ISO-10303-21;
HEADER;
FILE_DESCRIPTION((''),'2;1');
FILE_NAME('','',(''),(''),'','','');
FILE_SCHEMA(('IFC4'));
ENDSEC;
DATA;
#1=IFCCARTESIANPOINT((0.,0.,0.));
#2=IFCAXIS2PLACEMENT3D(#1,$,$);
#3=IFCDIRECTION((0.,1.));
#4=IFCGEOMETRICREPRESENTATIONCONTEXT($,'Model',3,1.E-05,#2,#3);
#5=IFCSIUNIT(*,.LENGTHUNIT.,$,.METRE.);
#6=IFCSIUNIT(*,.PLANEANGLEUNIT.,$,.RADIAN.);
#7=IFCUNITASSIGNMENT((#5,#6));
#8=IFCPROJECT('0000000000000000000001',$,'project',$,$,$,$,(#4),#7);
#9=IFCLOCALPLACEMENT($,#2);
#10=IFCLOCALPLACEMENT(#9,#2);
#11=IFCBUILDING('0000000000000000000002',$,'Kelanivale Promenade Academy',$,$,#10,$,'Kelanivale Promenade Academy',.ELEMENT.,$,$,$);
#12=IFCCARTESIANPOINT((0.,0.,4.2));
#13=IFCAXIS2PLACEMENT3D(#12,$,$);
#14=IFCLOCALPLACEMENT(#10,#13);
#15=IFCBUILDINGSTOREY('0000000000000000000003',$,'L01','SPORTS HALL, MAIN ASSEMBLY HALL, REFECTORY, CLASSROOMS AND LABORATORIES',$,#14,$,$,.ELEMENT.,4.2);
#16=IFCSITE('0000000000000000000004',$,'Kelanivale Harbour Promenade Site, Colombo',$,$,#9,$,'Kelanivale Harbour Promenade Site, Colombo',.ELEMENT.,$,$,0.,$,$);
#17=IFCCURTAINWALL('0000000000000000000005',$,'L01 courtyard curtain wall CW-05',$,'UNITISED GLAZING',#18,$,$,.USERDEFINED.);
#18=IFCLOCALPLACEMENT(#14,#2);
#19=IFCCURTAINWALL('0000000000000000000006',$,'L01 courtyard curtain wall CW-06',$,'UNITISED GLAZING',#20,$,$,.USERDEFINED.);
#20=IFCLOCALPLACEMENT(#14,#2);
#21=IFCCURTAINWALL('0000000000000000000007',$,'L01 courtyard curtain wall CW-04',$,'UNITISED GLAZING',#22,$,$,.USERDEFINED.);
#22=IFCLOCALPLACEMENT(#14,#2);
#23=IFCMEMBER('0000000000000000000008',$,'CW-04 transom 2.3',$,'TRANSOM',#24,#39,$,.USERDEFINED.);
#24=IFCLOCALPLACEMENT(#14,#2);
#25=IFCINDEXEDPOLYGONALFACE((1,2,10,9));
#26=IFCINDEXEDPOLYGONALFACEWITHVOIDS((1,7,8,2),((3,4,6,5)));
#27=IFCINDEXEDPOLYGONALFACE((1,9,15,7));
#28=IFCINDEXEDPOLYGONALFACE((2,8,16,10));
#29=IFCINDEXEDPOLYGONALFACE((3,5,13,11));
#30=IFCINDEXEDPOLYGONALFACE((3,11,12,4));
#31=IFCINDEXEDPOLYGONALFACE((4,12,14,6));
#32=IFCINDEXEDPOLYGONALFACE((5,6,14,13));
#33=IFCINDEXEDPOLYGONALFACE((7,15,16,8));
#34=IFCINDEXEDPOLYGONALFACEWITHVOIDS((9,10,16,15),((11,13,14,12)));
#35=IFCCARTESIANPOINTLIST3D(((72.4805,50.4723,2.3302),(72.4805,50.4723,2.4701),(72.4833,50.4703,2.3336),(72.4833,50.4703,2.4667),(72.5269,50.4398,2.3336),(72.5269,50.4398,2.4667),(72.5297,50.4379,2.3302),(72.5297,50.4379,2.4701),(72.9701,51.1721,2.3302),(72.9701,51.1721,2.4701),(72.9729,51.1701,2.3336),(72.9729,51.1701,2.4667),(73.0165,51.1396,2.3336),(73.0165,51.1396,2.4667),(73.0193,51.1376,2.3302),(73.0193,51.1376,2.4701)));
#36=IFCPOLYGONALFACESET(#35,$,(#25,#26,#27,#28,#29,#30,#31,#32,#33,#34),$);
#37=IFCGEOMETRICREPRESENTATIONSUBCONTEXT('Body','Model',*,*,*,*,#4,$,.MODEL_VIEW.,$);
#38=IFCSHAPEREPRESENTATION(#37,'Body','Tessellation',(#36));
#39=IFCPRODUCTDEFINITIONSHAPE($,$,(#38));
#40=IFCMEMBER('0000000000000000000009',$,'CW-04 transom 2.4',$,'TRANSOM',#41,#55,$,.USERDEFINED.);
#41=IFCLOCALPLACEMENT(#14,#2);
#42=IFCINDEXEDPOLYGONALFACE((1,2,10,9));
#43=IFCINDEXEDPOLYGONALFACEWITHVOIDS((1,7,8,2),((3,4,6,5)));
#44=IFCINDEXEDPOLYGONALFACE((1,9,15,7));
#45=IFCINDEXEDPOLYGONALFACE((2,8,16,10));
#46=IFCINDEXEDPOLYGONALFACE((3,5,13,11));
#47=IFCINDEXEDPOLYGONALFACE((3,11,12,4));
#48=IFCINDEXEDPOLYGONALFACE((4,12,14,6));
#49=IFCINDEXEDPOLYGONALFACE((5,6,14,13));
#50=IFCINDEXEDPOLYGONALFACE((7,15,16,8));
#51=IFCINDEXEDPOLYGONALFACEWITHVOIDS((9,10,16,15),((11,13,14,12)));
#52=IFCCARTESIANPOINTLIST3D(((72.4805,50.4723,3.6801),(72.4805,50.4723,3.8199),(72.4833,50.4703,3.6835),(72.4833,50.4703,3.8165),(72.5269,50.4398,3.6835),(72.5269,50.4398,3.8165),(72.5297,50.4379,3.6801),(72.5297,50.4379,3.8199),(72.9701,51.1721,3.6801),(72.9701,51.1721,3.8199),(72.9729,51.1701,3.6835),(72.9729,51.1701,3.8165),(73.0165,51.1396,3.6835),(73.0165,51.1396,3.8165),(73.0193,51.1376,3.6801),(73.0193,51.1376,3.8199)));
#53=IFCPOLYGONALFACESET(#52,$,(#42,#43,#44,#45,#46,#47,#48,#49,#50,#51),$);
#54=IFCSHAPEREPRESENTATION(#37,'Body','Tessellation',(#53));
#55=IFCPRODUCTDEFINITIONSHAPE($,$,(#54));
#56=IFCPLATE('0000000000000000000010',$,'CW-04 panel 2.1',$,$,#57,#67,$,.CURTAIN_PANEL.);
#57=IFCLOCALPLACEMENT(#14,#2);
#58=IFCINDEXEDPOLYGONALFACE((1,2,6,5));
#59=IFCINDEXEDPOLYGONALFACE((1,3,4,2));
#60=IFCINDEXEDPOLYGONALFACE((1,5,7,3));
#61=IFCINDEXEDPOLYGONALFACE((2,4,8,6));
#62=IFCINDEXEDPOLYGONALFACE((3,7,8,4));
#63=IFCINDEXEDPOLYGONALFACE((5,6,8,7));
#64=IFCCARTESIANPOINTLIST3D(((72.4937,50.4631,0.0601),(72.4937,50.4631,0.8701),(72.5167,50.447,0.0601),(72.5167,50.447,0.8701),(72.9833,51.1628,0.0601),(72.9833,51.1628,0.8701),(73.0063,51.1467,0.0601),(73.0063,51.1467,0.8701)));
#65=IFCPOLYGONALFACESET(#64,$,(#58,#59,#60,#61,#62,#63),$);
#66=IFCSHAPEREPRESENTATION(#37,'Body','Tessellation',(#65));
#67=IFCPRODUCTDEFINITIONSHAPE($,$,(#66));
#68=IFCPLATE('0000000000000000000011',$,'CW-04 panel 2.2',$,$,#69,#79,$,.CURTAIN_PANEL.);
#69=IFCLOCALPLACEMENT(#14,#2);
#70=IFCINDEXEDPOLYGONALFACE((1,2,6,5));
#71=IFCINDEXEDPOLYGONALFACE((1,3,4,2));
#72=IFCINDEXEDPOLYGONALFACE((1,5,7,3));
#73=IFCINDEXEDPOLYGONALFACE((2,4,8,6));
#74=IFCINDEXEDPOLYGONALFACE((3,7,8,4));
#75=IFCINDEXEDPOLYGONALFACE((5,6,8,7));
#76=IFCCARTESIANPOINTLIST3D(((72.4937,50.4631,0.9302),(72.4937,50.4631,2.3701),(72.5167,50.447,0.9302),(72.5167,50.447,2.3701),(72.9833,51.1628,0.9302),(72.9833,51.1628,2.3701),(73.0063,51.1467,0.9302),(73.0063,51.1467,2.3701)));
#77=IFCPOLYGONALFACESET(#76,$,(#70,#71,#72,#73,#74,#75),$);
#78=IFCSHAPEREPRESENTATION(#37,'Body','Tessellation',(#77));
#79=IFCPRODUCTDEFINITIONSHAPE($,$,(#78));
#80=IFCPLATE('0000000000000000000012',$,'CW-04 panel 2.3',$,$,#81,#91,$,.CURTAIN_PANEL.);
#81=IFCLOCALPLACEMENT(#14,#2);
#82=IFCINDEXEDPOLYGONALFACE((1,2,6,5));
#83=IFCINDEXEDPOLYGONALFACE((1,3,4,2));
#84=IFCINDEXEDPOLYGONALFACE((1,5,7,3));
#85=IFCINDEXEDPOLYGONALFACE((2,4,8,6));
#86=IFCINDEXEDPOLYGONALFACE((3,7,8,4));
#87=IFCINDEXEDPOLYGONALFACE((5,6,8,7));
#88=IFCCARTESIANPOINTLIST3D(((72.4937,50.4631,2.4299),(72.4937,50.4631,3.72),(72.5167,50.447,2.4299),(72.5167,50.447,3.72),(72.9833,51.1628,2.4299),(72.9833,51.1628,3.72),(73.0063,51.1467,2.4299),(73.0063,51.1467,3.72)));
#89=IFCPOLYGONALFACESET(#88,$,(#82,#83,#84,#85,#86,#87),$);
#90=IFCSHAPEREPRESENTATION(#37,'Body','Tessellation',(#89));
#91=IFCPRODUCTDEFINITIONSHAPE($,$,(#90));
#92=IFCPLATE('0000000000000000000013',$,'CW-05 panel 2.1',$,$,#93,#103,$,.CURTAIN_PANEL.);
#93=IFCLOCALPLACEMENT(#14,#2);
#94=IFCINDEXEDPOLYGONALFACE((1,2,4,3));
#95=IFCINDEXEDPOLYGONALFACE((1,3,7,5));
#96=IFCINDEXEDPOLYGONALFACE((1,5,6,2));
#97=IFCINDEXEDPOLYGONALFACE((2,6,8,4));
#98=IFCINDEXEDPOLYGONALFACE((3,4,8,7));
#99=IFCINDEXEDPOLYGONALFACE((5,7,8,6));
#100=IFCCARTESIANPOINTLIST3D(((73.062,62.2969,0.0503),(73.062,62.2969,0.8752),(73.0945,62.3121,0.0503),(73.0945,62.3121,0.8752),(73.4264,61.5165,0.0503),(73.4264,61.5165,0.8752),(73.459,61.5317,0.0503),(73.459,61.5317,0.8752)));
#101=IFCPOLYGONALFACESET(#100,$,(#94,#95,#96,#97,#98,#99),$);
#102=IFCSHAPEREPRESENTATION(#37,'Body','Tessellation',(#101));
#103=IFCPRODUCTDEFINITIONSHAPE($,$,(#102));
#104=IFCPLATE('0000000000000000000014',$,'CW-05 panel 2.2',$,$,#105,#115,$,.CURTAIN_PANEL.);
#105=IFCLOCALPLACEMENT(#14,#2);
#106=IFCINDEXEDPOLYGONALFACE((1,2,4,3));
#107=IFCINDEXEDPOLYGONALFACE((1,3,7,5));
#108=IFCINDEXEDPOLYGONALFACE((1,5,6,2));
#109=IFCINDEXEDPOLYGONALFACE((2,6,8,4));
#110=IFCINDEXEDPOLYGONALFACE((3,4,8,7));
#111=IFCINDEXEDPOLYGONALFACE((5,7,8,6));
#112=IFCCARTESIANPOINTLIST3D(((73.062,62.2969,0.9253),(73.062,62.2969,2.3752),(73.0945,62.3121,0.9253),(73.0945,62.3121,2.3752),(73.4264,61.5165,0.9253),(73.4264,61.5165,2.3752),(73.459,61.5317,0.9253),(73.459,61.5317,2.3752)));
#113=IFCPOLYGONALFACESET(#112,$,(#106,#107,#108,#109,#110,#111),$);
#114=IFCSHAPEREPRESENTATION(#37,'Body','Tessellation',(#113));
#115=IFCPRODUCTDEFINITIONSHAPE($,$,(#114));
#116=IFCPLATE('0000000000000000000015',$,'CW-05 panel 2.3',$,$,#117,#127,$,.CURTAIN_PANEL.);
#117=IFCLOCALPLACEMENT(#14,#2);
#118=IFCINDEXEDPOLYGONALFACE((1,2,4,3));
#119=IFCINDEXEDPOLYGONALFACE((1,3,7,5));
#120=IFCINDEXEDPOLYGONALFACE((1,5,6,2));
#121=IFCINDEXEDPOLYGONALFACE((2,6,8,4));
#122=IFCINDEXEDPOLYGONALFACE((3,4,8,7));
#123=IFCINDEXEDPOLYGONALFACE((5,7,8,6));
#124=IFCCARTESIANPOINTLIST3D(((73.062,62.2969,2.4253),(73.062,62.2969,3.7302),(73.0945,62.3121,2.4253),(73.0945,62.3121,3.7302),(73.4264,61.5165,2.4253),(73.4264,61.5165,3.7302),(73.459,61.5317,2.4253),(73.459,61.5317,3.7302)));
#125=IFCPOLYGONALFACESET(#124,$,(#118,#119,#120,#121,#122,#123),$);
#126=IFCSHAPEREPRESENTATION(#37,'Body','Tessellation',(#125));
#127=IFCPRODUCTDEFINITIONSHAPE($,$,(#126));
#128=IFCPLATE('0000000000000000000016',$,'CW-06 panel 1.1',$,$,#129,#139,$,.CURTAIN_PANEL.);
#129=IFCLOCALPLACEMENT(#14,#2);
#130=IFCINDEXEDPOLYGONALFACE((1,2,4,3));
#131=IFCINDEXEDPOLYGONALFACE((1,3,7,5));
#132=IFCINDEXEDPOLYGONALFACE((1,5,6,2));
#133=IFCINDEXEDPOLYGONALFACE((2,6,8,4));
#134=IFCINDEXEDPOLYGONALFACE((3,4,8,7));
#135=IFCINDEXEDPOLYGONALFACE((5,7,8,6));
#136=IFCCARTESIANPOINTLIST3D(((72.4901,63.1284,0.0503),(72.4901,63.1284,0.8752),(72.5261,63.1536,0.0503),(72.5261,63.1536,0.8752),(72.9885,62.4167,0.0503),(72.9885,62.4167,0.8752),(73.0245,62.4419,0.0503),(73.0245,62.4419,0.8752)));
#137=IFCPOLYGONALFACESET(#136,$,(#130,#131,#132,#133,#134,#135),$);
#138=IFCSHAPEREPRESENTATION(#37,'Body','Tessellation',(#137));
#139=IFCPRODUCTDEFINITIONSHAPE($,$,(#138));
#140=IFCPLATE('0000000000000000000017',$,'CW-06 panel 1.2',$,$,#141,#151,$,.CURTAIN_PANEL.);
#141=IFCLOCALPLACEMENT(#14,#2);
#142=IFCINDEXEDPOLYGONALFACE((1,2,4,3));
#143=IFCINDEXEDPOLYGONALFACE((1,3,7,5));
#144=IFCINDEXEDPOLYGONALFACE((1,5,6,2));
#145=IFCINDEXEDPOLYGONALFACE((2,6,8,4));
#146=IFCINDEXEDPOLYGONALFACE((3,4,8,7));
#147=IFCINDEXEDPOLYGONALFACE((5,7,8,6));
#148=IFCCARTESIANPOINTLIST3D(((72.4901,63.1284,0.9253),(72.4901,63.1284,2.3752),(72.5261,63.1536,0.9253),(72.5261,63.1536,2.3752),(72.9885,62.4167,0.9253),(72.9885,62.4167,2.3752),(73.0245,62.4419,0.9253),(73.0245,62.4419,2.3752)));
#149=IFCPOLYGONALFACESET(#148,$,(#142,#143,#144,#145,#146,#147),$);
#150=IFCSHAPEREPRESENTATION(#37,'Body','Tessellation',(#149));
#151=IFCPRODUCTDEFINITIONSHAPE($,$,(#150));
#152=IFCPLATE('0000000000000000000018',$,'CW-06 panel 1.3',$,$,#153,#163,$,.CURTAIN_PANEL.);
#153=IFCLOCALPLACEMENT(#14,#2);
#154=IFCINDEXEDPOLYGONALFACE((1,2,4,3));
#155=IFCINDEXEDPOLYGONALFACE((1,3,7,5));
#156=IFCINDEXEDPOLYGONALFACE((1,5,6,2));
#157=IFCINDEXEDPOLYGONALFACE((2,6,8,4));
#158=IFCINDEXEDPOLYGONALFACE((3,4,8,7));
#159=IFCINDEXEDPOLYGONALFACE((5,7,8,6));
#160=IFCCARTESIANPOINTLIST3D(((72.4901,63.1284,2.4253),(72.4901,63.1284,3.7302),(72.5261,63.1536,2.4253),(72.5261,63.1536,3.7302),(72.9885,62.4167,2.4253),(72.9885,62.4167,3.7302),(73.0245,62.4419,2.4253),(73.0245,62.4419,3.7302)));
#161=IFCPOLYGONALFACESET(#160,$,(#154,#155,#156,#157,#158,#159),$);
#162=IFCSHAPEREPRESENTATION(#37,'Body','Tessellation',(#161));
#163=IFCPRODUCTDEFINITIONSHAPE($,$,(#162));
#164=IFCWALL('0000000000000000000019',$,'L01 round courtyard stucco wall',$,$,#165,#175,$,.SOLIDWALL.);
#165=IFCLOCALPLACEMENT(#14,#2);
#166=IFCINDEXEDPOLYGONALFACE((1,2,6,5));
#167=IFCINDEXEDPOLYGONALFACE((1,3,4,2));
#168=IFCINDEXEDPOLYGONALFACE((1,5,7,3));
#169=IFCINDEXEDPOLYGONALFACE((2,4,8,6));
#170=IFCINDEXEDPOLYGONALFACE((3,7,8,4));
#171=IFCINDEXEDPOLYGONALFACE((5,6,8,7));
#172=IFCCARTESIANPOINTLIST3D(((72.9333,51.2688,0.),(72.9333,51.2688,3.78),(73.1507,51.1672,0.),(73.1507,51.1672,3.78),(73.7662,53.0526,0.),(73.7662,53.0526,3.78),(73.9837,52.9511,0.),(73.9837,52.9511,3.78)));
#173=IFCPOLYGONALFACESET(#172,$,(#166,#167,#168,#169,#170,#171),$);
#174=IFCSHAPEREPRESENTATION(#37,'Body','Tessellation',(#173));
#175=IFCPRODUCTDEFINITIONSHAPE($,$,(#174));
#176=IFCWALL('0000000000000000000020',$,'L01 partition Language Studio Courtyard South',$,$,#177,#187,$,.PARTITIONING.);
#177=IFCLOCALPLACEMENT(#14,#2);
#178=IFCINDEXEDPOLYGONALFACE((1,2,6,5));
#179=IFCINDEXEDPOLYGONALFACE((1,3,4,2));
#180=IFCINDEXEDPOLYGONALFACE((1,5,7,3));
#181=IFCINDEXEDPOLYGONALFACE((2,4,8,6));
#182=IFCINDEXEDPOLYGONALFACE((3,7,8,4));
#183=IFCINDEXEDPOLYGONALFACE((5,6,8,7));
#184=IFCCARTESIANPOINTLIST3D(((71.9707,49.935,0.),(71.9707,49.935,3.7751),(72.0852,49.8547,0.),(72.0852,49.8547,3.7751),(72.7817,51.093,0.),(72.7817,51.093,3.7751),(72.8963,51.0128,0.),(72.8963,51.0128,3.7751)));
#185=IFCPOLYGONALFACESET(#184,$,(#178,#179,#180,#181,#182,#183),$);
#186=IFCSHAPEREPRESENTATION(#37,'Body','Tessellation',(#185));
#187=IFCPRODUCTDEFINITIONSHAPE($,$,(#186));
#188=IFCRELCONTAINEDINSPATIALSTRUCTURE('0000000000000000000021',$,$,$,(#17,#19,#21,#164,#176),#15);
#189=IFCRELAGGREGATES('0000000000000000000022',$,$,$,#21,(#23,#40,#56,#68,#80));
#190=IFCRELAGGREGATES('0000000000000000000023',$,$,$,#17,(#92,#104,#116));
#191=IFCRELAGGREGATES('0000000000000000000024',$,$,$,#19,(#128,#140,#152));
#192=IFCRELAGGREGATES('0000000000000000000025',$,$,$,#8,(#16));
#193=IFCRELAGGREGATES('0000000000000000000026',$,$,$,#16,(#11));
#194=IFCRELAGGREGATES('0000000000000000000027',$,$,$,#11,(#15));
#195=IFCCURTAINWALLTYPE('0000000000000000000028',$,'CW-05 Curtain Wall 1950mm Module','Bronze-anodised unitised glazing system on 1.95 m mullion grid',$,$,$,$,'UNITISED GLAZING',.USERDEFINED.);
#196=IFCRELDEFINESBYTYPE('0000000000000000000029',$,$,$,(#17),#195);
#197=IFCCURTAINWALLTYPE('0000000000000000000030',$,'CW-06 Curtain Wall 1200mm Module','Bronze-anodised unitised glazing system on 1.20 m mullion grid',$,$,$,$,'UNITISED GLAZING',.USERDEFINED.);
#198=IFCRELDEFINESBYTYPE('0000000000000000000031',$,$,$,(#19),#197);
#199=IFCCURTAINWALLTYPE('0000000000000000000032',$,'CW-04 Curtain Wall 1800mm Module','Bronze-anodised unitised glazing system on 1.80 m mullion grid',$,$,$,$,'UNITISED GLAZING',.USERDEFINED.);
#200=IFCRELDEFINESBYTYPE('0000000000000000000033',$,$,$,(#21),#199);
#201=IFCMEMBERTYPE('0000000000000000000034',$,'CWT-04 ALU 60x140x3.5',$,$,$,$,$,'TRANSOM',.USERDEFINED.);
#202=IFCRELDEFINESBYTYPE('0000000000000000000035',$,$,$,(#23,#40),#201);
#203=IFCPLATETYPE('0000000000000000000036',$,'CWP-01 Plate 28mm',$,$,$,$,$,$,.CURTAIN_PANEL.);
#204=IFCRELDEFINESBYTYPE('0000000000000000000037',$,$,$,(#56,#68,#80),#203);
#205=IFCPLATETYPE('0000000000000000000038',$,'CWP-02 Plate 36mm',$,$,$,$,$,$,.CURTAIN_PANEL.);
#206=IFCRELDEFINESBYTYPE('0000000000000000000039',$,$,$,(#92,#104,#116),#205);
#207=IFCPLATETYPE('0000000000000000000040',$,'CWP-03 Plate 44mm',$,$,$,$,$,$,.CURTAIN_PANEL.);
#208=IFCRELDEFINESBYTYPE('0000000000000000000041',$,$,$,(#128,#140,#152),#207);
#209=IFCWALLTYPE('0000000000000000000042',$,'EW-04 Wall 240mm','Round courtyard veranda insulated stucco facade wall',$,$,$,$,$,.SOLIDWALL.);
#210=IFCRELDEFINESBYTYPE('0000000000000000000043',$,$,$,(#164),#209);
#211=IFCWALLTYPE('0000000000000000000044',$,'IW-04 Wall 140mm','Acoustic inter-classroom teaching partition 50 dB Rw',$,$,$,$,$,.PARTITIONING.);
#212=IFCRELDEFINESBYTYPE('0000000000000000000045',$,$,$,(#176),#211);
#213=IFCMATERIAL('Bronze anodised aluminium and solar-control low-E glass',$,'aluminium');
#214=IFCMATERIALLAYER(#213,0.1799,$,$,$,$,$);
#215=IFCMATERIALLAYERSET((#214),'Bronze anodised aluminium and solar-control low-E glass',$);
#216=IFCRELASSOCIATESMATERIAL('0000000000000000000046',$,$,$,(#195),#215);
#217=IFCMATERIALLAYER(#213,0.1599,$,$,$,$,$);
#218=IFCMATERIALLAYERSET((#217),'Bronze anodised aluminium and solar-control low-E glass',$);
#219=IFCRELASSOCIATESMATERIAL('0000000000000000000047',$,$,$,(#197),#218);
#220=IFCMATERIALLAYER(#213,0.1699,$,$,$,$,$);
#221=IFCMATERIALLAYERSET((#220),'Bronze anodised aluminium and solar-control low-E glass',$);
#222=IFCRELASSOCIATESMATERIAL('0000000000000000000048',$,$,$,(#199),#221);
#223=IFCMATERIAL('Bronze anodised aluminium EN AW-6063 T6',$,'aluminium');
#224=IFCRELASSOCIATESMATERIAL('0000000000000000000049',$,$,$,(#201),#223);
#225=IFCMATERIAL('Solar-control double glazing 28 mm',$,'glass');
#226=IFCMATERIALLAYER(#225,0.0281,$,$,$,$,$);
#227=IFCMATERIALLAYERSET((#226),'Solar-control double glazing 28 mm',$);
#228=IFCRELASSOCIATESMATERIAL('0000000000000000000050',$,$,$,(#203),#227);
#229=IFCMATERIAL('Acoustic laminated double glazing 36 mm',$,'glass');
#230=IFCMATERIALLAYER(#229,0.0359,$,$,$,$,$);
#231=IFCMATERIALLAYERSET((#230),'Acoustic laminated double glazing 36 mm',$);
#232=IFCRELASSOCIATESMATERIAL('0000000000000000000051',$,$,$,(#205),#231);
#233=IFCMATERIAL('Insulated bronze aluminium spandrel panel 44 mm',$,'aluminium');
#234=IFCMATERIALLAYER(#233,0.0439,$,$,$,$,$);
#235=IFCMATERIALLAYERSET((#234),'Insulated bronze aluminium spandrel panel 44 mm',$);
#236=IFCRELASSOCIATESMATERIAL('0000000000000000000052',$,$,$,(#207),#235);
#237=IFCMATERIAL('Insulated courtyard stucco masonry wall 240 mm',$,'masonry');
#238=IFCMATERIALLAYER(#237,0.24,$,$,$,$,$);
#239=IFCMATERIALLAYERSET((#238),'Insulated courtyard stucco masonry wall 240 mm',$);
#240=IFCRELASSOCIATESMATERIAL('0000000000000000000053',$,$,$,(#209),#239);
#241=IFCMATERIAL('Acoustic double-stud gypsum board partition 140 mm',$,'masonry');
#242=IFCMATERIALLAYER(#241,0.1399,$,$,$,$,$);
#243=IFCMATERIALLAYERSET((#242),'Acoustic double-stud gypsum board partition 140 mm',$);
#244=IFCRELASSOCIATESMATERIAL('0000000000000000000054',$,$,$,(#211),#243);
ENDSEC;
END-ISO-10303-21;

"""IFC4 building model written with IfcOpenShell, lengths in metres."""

from ifc_helpers import new_model, si_unit, direction, frame, frame_2d, origin, origin_2d, place, context, subcontext, project, spatial, rectangle, hollow_rectangle, extrude, material, layer, layer_set, material_profile, profile_set, type_object, element, aggregate, save


model = new_model("IFC4")

# Units and contexts
model_context = context("Model", 3, precision=1e-05, world=origin(), true_north=direction((0.0, 1.0)))
body_context = subcontext(model_context, "Body", "Model", "MODEL_VIEW")
ifc_project = project(units=[si_unit("LENGTHUNIT", "METRE"), si_unit("PLANEANGLEUNIT", "RADIAN")], contexts=[model_context])

# Site, building, storey
site_placement = place(None, origin())
site = spatial("IfcSite", under=ifc_project, at=site_placement, Name="Kelanivale Harbour Promenade Site, Colombo", LongName="Kelanivale Harbour Promenade Site, Colombo", CompositionType="ELEMENT", RefElevation=0.0)
building_placement = place(site_placement, origin())
building = spatial("IfcBuilding", under=site, at=building_placement, Name="Kelanivale Promenade Academy", LongName="Kelanivale Promenade Academy", CompositionType="ELEMENT")
storey_placement = place(building_placement, frame((0.0, 0.0, 4.2)))
storey = spatial("IfcBuildingStorey", under=building, at=storey_placement, Name="L01", Description="SPORTS HALL, MAIN ASSEMBLY HALL, REFECTORY, CLASSROOMS AND LABORATORIES", CompositionType="ELEMENT", Elevation=4.2)

# Curtain walls
ifc_material_1 = material(Name="Bronze anodised aluminium and solar-control low-E glass", Category="aluminium")
ifc_layer_1 = layer(ifc_material_1, 0.1799)
ifc_layer_set_1 = layer_set([ifc_layer_1], Name="Bronze anodised aluminium and solar-control low-E glass")
curtain_wall_type_1 = type_object("IfcCurtainWallType", Name="CW-05 Curtain Wall 1950mm Module", Description="Bronze-anodised unitised glazing system on 1.95 m mullion grid", ElementType="UNITISED GLAZING", PredefinedType="USERDEFINED", material=ifc_layer_set_1)
curtain_wall_1_placement = place(storey_placement, origin())
curtain_wall_1 = element("IfcCurtainWall", 1, at=curtain_wall_1_placement, inside=storey, type_object=curtain_wall_type_1, Name="L01 courtyard curtain wall CW-05", ObjectType="UNITISED GLAZING", PredefinedType="USERDEFINED")
ifc_material_2 = material(Name="Bronze anodised aluminium EN AW-6063 T6", Category="aluminium")
ifc_layer_2 = layer(ifc_material_1, 0.1599)
ifc_layer_set_2 = layer_set([ifc_layer_2], Name="Bronze anodised aluminium and solar-control low-E glass")
curtain_wall_type_2 = type_object("IfcCurtainWallType", Name="CW-06 Curtain Wall 1200mm Module", Description="Bronze-anodised unitised glazing system on 1.20 m mullion grid", ElementType="UNITISED GLAZING", PredefinedType="USERDEFINED", material=ifc_layer_set_2)
curtain_wall_2_placement = place(storey_placement, origin())
curtain_wall_2 = element("IfcCurtainWall", 2, at=curtain_wall_2_placement, inside=storey, type_object=curtain_wall_type_2, Name="L01 courtyard curtain wall CW-06", ObjectType="UNITISED GLAZING", PredefinedType="USERDEFINED")
ifc_layer_3 = layer(ifc_material_1, 0.1699)
ifc_layer_set_3 = layer_set([ifc_layer_3], Name="Bronze anodised aluminium and solar-control low-E glass")
curtain_wall_type_3 = type_object("IfcCurtainWallType", Name="CW-04 Curtain Wall 1800mm Module", Description="Bronze-anodised unitised glazing system on 1.80 m mullion grid", ElementType="UNITISED GLAZING", PredefinedType="USERDEFINED", material=ifc_layer_set_3)
curtain_wall_3_placement = place(storey_placement, origin())
curtain_wall_3 = element("IfcCurtainWall", 3, at=curtain_wall_3_placement, inside=storey, type_object=curtain_wall_type_3, Name="L01 courtyard curtain wall CW-04", ObjectType="UNITISED GLAZING", PredefinedType="USERDEFINED")

# Members
ifc_material_profile_1 = material_profile(ifc_material_2, hollow_rectangle(XDim=0.0601, YDim=0.1399, WallThickness=0.0034, at=origin_2d()), Name="ALU 60x140x3.5")
ifc_profile_set_1 = profile_set([ifc_material_profile_1], Name="Bronze anodised aluminium EN AW-6063 T6")
member_type_1 = type_object("IfcMemberType", Name="CWT-04 ALU 60x140x3.5", ElementType="TRANSOM", PredefinedType="USERDEFINED", material=ifc_profile_set_1)
member_1_placement = place(storey_placement, frame((72.5051, 50.4551, 2.4001), z_axis=(0.573232, 0.819393, 0.0), x_axis=(-0.819393, 0.573232, 0.0)))
member_1 = element("IfcMember", 4, at=member_1_placement, type_object=member_type_1, Name="CW-04 transom 2.3", ObjectType="TRANSOM", PredefinedType="USERDEFINED", context=body_context, shape_type="SweptSolid", body=[
    extrude(hollow_rectangle(XDim=0.0601, YDim=0.1399, WallThickness=0.0034, at=origin_2d()), origin(), (0.0, 0.0, 1.0), 0.854),
])
member_2_placement = place(storey_placement, frame((72.5051, 50.4551, 3.75), z_axis=(0.573232, 0.819393, 0.0), x_axis=(-0.819393, 0.573232, 0.0)))
member_2 = element("IfcMember", 5, at=member_2_placement, type_object=member_type_1, Name="CW-04 transom 2.4", ObjectType="TRANSOM", PredefinedType="USERDEFINED", context=body_context, shape_type="SweptSolid", body=[
    extrude(hollow_rectangle(XDim=0.0601, YDim=0.1399, WallThickness=0.0034, at=origin_2d()), origin(), (0.0, 0.0, 1.0), 0.854),
])

# Plates
ifc_material_3 = material(Name="Solar-control double glazing 28 mm", Category="glass")
ifc_layer_4 = layer(ifc_material_3, 0.0281)
ifc_layer_set_4 = layer_set([ifc_layer_4], Name="Solar-control double glazing 28 mm")
plate_type_1 = type_object("IfcPlateType", Name="CWP-01 Plate 28mm", PredefinedType="CURTAIN_PANEL", material=ifc_layer_set_4)
plate_1_placement = place(storey_placement, frame((72.75, 50.8049, 0.0601), z_axis=(0.0, 0.0, 1.0), x_axis=(0.573357, 0.819306, 0.0)))
plate_1 = element("IfcPlate", 6, at=plate_1_placement, type_object=plate_type_1, Name="CW-04 panel 2.1", PredefinedType="CURTAIN_PANEL", context=body_context, shape_type="SweptSolid", body=[
    extrude(rectangle(XDim=0.854, YDim=0.0281, at=origin_2d()), origin(), (0.0, 0.0, 1.0), 0.8101),
])
plate_2_placement = place(storey_placement, frame((72.75, 50.8049, 0.9302), z_axis=(0.0, 0.0, 1.0), x_axis=(0.573357, 0.819306, 0.0)))
plate_2 = element("IfcPlate", 7, at=plate_2_placement, type_object=plate_type_1, Name="CW-04 panel 2.2", PredefinedType="CURTAIN_PANEL", context=body_context, shape_type="SweptSolid", body=[
    extrude(rectangle(XDim=0.854, YDim=0.0281, at=origin_2d()), origin(), (0.0, 0.0, 1.0), 1.4399),
])
plate_3_placement = place(storey_placement, frame((72.75, 50.8049, 2.4299), z_axis=(0.0, 0.0, 1.0), x_axis=(0.573357, 0.819306, 0.0)))
plate_3 = element("IfcPlate", 8, at=plate_3_placement, type_object=plate_type_1, Name="CW-04 panel 2.3", PredefinedType="CURTAIN_PANEL", context=body_context, shape_type="SweptSolid", body=[
    extrude(rectangle(XDim=0.854, YDim=0.0281, at=origin_2d()), origin(), (0.0, 0.0, 1.0), 1.29),
])
aggregate(curtain_wall_3, [member_1, member_2, plate_1, plate_2, plate_3])
ifc_material_4 = material(Name="Acoustic laminated double glazing 36 mm", Category="glass")
ifc_layer_5 = layer(ifc_material_4, 0.0359)
ifc_layer_set_5 = layer_set([ifc_layer_5], Name="Acoustic laminated double glazing 36 mm")
plate_type_2 = type_object("IfcPlateType", Name="CWP-02 Plate 36mm", PredefinedType="CURTAIN_PANEL", material=ifc_layer_set_5)
plate_4_placement = place(storey_placement, frame((73.2605, 61.9143, 0.0503), z_axis=(0.0, 0.0, 1.0), x_axis=(-0.423087, 0.906089, 0.0)))
plate_4 = element("IfcPlate", 9, at=plate_4_placement, type_object=plate_type_2, Name="CW-05 panel 2.1", PredefinedType="CURTAIN_PANEL", context=body_context, shape_type="SweptSolid", body=[
    extrude(rectangle(XDim=0.8613, YDim=0.0359, at=origin_2d()), origin(), (0.0, 0.0, 1.0), 0.825),
])
plate_5_placement = place(storey_placement, frame((73.2605, 61.9143, 0.9253), z_axis=(0.0, 0.0, 1.0), x_axis=(-0.423087, 0.906089, 0.0)))
plate_5 = element("IfcPlate", 10, at=plate_5_placement, type_object=plate_type_2, Name="CW-05 panel 2.2", PredefinedType="CURTAIN_PANEL", context=body_context, shape_type="SweptSolid", body=[
    extrude(rectangle(XDim=0.8613, YDim=0.0359, at=origin_2d()), origin(), (0.0, 0.0, 1.0), 1.45),
])
plate_6_placement = place(storey_placement, frame((73.2605, 61.9143, 2.4253), z_axis=(0.0, 0.0, 1.0), x_axis=(-0.423087, 0.906089, 0.0)))
plate_6 = element("IfcPlate", 11, at=plate_6_placement, type_object=plate_type_2, Name="CW-05 panel 2.3", PredefinedType="CURTAIN_PANEL", context=body_context, shape_type="SweptSolid", body=[
    extrude(rectangle(XDim=0.8613, YDim=0.0359, at=origin_2d()), origin(), (0.0, 0.0, 1.0), 1.3049),
])
aggregate(curtain_wall_1, [plate_4, plate_5, plate_6])
ifc_material_5 = material(Name="Insulated bronze aluminium spandrel panel 44 mm", Category="aluminium")
ifc_layer_6 = layer(ifc_material_5, 0.0439)
ifc_layer_set_6 = layer_set([ifc_layer_6], Name="Insulated bronze aluminium spandrel panel 44 mm")
plate_type_3 = type_object("IfcPlateType", Name="CWP-03 Plate 44mm", PredefinedType="CURTAIN_PANEL", material=ifc_layer_set_6)
plate_7_placement = place(storey_placement, frame((72.7573, 62.7852, 0.0503), z_axis=(0.0, 0.0, 1.0), x_axis=(-0.573567, 0.819158, 0.0)))
plate_7 = element("IfcPlate", 12, at=plate_7_placement, type_object=plate_type_3, Name="CW-06 panel 1.1", PredefinedType="CURTAIN_PANEL", context=body_context, shape_type="SweptSolid", body=[
    extrude(rectangle(XDim=0.8689, YDim=0.0439, at=origin_2d()), origin(), (0.0, 0.0, 1.0), 0.825),
])
plate_8_placement = place(storey_placement, frame((72.7573, 62.7852, 0.9253), z_axis=(0.0, 0.0, 1.0), x_axis=(-0.573567, 0.819158, 0.0)))
plate_8 = element("IfcPlate", 13, at=plate_8_placement, type_object=plate_type_3, Name="CW-06 panel 1.2", PredefinedType="CURTAIN_PANEL", context=body_context, shape_type="SweptSolid", body=[
    extrude(rectangle(XDim=0.8689, YDim=0.0439, at=origin_2d()), origin(), (0.0, 0.0, 1.0), 1.45),
])
plate_9_placement = place(storey_placement, frame((72.7573, 62.7852, 2.4253), z_axis=(0.0, 0.0, 1.0), x_axis=(-0.573567, 0.819158, 0.0)))
plate_9 = element("IfcPlate", 14, at=plate_9_placement, type_object=plate_type_3, Name="CW-06 panel 1.3", PredefinedType="CURTAIN_PANEL", context=body_context, shape_type="SweptSolid", body=[
    extrude(rectangle(XDim=0.8689, YDim=0.0439, at=origin_2d()), origin(), (0.0, 0.0, 1.0), 1.3049),
])
aggregate(curtain_wall_2, [plate_7, plate_8, plate_9])

# Walls
ifc_material_6 = material(Name="Insulated courtyard stucco masonry wall 240 mm", Category="masonry")
ifc_layer_7 = layer(ifc_material_6, 0.24)
ifc_layer_set_7 = layer_set([ifc_layer_7], Name="Insulated courtyard stucco masonry wall 240 mm")
wall_type_1 = type_object("IfcWallType", Name="EW-04 Wall 240mm", Description="Round courtyard veranda insulated stucco facade wall", PredefinedType="SOLIDWALL", material=ifc_layer_set_7)
wall_1_placement = place(storey_placement, frame((73.042, 51.218, 0.0), z_axis=(0.0, 0.0, 1.0), x_axis=(0.423096, 0.906085, 0.0)))
element("IfcWall", 15, at=wall_1_placement, inside=storey, type_object=wall_type_1, Name="L01 round courtyard stucco wall", PredefinedType="SOLIDWALL", context=body_context, shape_type="SweptSolid", body=[
    extrude(rectangle(XDim=1.9688, YDim=0.24, at=frame_2d((0.9844, 0.0))), origin(), (0.0, 0.0, 1.0), 3.78),
])
ifc_material_7 = material(Name="Acoustic double-stud gypsum board partition 140 mm", Category="masonry")
ifc_layer_8 = layer(ifc_material_7, 0.1399)
ifc_layer_set_8 = layer_set([ifc_layer_8], Name="Acoustic double-stud gypsum board partition 140 mm")
wall_type_2 = type_object("IfcWallType", Name="IW-04 Wall 140mm", Description="Acoustic inter-classroom teaching partition 50 dB Rw", PredefinedType="PARTITIONING", material=ifc_layer_set_8)
wall_2_placement = place(storey_placement, frame((72.8391, 51.053, 0.0), z_axis=(0.0, 0.0, 1.0), x_axis=(-0.573683, -0.819078, 0.0)))
element("IfcWall", 16, at=wall_2_placement, inside=storey, type_object=wall_type_2, Name="L01 partition Language Studio Courtyard South", PredefinedType="PARTITIONING", context=body_context, shape_type="SweptSolid", body=[
    extrude(rectangle(XDim=1.4138, YDim=0.1399, at=frame_2d((0.707, 0.0))), origin(), (0.0, 0.0, 1.0), 3.7751),
])

save(model, "model.ifc")
